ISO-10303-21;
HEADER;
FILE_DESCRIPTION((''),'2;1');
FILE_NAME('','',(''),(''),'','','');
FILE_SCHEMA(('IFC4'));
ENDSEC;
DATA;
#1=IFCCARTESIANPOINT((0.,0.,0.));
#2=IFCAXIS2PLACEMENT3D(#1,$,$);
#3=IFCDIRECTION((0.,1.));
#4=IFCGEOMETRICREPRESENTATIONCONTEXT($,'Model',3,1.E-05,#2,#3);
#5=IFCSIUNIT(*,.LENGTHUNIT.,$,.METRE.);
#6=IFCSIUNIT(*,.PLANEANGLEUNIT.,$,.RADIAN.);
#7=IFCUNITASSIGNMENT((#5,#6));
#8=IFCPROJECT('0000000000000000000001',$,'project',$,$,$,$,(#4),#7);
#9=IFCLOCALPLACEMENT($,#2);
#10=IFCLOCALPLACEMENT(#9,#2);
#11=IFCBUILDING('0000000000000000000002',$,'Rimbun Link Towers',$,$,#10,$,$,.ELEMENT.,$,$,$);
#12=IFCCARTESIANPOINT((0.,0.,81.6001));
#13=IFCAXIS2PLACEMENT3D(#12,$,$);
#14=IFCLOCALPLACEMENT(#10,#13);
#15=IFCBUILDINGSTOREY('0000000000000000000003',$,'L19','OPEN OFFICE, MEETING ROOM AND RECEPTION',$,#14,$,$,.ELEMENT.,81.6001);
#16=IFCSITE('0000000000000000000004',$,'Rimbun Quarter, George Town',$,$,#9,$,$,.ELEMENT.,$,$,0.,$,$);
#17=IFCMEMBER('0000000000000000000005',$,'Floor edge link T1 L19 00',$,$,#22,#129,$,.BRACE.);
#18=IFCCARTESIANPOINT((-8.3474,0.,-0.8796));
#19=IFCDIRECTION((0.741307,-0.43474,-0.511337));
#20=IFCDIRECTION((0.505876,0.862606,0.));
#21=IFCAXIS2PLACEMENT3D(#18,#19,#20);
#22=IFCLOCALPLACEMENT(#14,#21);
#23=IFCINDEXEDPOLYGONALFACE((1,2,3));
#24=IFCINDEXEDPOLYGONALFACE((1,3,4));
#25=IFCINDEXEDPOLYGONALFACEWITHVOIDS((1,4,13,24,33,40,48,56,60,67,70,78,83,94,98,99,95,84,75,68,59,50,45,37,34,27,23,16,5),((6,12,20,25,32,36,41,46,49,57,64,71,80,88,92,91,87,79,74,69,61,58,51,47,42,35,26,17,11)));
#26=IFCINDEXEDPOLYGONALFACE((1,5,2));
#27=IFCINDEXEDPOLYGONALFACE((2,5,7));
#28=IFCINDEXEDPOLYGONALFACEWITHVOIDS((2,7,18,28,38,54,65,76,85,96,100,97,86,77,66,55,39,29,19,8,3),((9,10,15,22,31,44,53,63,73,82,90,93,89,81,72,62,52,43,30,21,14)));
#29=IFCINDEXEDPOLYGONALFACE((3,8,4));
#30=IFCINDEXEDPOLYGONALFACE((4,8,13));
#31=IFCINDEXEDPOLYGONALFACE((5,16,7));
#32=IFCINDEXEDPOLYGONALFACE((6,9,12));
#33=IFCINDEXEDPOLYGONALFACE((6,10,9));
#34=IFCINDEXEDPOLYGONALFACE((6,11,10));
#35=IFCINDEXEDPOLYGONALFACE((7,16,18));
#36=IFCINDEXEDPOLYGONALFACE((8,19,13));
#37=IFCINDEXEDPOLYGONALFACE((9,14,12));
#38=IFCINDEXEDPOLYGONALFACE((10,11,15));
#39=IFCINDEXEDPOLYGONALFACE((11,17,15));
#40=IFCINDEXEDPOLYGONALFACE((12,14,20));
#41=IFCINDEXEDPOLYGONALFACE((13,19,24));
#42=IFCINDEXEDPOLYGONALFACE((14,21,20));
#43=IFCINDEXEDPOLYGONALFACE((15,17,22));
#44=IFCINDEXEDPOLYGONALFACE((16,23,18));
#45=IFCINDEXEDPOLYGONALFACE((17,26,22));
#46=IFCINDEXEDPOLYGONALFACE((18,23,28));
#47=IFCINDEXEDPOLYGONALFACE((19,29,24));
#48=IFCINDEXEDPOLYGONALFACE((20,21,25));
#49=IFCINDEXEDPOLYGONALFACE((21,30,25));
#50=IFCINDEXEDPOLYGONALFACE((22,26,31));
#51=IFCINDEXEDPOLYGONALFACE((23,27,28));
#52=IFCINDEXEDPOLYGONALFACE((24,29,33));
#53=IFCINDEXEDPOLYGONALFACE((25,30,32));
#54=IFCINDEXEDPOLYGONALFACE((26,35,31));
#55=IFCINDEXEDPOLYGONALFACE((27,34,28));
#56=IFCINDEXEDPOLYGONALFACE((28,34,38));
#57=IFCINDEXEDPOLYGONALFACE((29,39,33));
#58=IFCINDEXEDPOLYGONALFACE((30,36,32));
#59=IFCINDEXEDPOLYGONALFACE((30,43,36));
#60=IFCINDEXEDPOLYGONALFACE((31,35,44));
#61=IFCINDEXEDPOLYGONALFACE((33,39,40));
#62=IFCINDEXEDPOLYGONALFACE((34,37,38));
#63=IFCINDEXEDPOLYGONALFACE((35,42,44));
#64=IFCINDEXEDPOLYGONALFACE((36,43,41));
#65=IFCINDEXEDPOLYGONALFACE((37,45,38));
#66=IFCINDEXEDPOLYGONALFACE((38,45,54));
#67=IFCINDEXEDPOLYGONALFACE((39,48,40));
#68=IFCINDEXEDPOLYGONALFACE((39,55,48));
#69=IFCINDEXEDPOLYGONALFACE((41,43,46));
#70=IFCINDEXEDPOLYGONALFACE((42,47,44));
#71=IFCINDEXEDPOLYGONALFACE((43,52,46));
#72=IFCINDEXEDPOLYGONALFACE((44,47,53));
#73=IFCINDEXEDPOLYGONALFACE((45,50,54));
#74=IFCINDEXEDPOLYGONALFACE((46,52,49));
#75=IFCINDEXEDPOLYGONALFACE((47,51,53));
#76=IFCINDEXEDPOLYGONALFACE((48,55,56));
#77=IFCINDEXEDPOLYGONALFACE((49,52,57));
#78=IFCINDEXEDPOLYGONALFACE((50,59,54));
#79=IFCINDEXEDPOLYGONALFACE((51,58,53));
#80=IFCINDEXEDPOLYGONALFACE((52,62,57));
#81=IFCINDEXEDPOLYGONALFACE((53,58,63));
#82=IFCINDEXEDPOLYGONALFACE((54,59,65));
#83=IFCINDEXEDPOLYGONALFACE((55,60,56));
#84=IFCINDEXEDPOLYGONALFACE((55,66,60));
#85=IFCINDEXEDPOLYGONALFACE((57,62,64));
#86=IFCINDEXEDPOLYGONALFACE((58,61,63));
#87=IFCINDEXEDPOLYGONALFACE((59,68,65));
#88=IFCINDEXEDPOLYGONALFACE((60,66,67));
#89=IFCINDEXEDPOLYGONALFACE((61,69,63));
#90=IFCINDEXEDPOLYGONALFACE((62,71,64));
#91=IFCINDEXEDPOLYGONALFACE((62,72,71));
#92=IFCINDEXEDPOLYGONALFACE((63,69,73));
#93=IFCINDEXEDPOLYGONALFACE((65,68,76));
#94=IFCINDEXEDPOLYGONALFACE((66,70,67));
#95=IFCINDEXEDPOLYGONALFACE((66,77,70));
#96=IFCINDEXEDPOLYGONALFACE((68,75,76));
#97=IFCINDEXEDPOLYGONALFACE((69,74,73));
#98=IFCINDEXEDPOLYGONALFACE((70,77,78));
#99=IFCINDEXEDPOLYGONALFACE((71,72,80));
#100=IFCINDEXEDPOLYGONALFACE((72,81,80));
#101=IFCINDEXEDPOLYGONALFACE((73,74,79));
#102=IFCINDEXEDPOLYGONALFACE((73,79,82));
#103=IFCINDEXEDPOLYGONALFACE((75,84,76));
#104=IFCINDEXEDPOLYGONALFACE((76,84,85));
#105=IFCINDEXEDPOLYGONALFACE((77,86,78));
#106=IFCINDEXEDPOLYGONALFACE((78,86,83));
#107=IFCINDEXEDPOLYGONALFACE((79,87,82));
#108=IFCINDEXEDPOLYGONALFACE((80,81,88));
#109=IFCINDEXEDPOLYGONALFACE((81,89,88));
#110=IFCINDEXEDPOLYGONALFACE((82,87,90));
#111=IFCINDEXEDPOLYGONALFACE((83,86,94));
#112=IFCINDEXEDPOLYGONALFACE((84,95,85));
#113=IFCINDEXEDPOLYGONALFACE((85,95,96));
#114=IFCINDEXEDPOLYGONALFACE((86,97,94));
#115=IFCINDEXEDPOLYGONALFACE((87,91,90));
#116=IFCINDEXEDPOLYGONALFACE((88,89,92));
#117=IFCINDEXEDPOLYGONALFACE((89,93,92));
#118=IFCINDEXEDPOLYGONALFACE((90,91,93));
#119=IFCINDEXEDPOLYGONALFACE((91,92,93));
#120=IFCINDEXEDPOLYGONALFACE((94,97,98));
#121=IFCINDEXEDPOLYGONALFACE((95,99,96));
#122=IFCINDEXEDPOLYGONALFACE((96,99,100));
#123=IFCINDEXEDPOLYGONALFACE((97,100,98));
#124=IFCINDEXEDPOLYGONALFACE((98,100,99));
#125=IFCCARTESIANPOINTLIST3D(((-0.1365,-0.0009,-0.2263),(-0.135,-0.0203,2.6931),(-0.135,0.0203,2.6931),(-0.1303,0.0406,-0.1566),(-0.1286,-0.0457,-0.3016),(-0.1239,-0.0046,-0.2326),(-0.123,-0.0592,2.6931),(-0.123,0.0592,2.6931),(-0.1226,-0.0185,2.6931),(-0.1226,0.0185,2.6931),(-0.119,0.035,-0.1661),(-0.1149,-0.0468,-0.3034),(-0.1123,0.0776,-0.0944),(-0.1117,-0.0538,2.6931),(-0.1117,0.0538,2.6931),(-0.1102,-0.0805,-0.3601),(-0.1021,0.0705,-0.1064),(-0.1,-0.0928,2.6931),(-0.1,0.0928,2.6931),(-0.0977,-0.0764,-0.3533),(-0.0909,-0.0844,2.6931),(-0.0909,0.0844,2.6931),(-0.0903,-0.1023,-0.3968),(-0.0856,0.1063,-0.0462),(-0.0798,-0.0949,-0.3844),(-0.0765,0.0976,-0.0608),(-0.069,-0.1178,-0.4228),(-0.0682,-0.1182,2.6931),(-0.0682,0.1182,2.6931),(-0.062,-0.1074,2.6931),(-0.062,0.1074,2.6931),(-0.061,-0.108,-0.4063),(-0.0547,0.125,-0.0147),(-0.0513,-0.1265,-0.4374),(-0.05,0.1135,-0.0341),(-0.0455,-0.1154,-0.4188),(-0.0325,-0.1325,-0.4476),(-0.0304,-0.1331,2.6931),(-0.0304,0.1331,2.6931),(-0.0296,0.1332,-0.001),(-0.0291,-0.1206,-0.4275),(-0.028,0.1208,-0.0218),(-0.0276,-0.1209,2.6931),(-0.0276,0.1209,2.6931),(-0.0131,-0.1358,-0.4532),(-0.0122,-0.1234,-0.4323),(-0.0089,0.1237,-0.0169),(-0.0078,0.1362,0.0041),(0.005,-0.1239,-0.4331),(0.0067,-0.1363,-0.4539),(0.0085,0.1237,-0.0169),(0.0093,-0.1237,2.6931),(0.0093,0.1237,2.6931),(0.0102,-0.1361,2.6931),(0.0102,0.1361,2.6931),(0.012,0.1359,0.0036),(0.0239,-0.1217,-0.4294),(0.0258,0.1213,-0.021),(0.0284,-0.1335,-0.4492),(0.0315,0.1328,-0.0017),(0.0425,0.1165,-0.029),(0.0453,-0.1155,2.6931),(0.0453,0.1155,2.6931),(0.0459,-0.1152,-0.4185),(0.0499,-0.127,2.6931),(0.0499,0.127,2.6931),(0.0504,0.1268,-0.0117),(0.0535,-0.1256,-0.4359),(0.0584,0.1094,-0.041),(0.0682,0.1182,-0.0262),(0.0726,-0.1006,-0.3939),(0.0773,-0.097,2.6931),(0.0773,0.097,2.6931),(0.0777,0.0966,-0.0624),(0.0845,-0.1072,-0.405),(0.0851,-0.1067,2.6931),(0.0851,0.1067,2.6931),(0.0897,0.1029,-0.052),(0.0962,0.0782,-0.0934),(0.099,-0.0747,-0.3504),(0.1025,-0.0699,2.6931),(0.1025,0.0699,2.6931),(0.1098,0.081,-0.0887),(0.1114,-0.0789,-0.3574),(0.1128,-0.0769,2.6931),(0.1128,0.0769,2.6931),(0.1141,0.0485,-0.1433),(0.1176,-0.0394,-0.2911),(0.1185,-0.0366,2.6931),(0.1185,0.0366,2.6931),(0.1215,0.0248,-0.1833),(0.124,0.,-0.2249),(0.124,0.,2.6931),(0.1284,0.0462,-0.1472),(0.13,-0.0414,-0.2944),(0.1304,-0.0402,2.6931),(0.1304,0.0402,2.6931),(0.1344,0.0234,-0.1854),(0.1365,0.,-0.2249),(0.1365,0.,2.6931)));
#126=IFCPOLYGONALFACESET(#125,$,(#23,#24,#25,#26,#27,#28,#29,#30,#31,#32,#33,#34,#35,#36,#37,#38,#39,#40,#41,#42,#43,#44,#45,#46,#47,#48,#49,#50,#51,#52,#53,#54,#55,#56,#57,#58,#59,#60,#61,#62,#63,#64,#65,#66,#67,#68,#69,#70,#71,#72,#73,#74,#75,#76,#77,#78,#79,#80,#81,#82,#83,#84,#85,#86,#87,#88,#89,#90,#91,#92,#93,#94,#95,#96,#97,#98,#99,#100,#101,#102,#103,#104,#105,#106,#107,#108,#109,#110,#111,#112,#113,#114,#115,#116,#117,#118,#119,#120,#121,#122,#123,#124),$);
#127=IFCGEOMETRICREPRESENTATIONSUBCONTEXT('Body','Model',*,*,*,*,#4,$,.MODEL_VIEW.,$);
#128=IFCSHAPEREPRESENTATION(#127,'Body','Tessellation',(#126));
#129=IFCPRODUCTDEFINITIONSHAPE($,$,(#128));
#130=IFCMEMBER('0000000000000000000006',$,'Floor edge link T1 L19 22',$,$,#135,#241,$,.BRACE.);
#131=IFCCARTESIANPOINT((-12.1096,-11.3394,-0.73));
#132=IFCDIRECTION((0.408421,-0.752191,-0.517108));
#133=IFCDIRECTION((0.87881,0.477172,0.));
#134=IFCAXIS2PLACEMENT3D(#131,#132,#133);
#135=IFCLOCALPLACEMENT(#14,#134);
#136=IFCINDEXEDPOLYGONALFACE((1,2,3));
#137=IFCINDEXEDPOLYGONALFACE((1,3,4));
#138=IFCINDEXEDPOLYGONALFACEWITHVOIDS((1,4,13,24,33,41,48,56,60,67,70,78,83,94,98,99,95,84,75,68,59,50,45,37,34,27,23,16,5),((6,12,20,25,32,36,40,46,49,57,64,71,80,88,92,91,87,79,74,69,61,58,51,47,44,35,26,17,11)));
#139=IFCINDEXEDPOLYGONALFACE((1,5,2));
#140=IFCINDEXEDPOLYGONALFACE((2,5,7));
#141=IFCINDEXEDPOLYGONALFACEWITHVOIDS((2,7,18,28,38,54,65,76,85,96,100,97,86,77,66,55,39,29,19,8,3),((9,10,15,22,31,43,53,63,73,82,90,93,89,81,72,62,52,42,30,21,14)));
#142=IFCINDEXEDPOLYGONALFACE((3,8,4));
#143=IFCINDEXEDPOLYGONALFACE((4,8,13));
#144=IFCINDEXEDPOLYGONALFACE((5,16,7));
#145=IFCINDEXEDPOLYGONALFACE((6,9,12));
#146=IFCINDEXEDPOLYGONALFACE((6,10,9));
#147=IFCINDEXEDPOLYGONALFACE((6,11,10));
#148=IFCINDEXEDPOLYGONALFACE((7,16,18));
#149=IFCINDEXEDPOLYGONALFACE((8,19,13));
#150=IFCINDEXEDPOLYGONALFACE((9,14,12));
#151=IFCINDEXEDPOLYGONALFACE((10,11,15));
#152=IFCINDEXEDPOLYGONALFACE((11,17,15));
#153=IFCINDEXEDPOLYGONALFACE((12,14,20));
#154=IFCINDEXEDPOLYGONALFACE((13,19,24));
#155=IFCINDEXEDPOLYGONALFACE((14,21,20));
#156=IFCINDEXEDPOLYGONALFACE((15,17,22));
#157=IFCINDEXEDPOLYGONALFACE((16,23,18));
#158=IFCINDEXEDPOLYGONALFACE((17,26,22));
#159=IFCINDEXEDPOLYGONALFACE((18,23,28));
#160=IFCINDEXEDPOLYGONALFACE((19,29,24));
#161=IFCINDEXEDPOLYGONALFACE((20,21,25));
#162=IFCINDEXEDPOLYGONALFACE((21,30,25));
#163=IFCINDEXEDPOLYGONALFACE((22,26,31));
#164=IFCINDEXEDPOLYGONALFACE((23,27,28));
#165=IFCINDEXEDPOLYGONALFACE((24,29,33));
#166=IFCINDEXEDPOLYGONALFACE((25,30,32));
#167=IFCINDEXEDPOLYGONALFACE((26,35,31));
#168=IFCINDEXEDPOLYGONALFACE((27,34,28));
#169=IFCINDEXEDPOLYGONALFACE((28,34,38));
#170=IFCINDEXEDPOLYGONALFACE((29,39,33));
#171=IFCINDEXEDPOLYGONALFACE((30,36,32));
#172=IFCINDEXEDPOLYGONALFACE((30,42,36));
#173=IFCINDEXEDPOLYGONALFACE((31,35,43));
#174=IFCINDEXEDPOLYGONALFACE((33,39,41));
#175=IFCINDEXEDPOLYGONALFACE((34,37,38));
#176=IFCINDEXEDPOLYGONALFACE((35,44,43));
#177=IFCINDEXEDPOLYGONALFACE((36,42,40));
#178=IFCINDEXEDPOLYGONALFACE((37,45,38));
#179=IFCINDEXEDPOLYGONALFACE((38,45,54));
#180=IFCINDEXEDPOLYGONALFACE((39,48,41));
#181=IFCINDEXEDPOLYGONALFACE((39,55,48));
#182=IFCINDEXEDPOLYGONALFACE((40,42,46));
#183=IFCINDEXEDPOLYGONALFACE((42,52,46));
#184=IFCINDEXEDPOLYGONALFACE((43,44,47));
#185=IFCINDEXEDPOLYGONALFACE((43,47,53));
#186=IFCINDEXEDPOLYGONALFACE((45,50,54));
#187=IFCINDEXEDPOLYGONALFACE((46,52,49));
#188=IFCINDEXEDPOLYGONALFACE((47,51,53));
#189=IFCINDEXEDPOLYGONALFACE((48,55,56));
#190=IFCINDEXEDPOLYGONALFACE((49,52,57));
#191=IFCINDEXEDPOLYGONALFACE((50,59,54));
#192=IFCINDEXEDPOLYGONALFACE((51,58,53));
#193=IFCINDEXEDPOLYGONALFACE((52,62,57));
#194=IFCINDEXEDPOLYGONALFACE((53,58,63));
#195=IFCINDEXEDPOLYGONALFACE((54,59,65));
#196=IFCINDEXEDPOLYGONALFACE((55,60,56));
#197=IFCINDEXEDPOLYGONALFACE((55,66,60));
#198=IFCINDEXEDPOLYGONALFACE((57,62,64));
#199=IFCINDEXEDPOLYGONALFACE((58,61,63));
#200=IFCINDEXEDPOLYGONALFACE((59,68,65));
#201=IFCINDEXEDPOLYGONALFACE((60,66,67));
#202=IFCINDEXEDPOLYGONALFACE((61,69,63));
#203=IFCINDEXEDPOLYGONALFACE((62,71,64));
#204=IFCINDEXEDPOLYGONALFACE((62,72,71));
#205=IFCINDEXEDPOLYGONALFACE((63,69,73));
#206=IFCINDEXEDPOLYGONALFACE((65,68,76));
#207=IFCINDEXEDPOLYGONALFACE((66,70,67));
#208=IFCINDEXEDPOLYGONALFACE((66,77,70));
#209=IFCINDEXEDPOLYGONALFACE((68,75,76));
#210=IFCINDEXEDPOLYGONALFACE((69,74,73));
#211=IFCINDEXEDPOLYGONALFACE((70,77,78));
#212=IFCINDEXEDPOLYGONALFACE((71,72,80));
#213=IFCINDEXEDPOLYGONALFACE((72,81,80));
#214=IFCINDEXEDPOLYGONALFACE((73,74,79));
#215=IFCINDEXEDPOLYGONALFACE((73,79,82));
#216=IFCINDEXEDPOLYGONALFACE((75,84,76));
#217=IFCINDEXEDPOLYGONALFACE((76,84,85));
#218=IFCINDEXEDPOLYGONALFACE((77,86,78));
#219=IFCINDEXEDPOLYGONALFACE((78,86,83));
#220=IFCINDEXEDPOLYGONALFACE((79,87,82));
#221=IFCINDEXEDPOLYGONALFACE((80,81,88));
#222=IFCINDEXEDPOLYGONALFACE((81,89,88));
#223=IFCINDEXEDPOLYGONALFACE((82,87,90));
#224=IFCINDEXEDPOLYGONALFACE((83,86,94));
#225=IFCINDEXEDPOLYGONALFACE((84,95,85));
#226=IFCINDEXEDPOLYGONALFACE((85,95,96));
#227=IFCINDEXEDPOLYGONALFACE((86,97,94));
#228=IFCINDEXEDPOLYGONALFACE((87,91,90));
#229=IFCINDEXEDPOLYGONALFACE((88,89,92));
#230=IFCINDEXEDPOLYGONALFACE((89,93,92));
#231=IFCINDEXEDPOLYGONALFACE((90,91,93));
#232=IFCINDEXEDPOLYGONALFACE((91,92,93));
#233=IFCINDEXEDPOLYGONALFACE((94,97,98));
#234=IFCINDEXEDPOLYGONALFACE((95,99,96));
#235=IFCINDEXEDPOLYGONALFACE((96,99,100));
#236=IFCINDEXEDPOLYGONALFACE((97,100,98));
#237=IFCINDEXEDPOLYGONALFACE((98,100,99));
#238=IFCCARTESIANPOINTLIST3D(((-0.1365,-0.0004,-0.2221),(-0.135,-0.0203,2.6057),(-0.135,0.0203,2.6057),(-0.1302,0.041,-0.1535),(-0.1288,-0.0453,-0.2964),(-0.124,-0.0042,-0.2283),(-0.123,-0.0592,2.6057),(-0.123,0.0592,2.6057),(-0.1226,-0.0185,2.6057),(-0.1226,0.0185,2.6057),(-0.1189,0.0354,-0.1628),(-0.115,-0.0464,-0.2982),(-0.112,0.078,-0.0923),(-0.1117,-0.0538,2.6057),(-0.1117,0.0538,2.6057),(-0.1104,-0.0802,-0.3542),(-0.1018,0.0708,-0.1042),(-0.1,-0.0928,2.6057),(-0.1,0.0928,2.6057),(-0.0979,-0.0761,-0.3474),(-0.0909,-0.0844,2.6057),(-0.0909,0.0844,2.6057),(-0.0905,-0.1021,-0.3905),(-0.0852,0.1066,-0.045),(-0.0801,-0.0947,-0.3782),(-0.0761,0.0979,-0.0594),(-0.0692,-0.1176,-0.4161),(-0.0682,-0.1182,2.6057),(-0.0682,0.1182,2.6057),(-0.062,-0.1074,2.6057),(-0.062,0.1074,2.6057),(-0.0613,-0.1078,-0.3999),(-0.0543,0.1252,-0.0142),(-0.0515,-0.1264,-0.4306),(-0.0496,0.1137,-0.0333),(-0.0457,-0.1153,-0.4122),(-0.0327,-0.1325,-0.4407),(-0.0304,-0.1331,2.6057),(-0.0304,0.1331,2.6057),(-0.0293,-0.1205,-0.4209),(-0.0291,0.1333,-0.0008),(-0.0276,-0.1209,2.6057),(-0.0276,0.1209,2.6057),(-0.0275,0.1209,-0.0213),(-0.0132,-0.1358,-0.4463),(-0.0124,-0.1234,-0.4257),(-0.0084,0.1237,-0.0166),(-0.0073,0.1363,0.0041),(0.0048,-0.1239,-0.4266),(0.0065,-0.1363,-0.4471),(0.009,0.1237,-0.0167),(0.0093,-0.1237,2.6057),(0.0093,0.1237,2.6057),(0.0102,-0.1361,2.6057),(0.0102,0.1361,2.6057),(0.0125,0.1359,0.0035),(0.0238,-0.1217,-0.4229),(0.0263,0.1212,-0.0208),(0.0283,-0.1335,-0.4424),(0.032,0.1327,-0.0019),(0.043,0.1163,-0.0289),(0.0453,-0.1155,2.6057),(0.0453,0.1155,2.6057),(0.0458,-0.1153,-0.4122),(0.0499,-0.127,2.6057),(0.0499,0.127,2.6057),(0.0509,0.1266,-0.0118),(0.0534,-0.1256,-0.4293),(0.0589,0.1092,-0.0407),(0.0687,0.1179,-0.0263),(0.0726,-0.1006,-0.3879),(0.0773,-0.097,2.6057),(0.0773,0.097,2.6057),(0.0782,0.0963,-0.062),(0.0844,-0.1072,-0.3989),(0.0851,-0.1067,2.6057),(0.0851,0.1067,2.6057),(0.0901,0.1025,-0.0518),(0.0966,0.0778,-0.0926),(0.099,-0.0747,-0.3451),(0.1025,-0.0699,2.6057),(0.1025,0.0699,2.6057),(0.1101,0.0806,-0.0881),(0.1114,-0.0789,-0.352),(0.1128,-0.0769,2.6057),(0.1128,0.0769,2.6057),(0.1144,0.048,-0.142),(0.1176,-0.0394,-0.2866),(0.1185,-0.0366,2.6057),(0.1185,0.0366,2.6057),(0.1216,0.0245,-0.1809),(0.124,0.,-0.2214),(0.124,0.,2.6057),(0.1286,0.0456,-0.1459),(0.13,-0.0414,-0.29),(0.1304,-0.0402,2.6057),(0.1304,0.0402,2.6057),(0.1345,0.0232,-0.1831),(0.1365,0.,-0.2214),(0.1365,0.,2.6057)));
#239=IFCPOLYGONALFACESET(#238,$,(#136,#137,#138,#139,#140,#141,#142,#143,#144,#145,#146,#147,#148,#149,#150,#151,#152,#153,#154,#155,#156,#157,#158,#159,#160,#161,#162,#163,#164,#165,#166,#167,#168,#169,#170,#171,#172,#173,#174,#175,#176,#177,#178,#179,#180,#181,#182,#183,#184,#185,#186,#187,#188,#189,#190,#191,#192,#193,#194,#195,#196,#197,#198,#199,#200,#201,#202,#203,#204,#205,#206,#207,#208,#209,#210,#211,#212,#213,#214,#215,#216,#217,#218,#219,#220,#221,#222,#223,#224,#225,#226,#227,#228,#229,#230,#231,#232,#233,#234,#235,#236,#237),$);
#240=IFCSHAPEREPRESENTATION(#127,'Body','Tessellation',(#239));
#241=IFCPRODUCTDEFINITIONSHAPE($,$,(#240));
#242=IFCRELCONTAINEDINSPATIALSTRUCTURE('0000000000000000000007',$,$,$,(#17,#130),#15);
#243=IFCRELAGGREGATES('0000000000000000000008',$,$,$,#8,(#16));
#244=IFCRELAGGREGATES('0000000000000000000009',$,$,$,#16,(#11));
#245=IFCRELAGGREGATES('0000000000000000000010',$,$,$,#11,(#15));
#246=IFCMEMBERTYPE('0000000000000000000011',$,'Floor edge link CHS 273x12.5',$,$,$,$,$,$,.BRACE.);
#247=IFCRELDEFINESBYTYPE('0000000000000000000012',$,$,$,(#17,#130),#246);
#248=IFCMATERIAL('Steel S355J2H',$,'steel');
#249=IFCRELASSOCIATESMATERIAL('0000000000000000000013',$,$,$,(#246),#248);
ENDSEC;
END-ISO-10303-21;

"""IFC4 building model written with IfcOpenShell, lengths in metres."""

from ifc_helpers import new_model, si_unit, direction, frame, origin, origin_2d, place, context, subcontext, project, spatial, hollow_circle, extrude, clip, halfspace, material, material_profile, profile_set, type_object, element, save


model = new_model("IFC4")

# Units and contexts
model_context = context("Model", 3, precision=1e-05, world=origin(), true_north=direction((0.0, 1.0)))
body_context = subcontext(model_context, "Body", "Model", "MODEL_VIEW")
ifc_project = project(units=[si_unit("LENGTHUNIT", "METRE"), si_unit("PLANEANGLEUNIT", "RADIAN")], contexts=[model_context])

# Site, building, storey
site_placement = place(None, origin())
site = spatial("IfcSite", under=ifc_project, at=site_placement, Name="Rimbun Quarter, George Town", CompositionType="ELEMENT", RefElevation=0.0)
building_placement = place(site_placement, origin())
building = spatial("IfcBuilding", under=site, at=building_placement, Name="Rimbun Link Towers", CompositionType="ELEMENT")
storey_placement = place(building_placement, frame((0.0, 0.0, 81.6001)))
storey = spatial("IfcBuildingStorey", under=building, at=storey_placement, Name="L19", Description="OPEN OFFICE, MEETING ROOM AND RECEPTION", CompositionType="ELEMENT", Elevation=81.6001)

# Members
ifc_material_1 = material(Name="Steel S355J2H", Category="steel")
ifc_material_profile_1 = material_profile(ifc_material_1, hollow_circle(Radius=0.1365, WallThickness=0.0125, at=origin_2d()), Name="CHS 273x12.5")
ifc_profile_set_1 = profile_set([ifc_material_profile_1], Name="Steel S355J2H")
member_type_1 = type_object("IfcMemberType", Name="Floor edge link CHS 273x12.5", PredefinedType="BRACE", material=ifc_profile_set_1)
member_1_placement = place(storey_placement, frame((-8.3474, 0.0, -0.8796), z_axis=(0.741307, -0.43474, -0.511337), x_axis=(0.505876, 0.862606, 0.0)))
element("IfcMember", 1, at=member_1_placement, inside=storey, type_object=member_type_1, Name="Floor edge link T1 L19 00", PredefinedType="BRACE", context=body_context, shape_type="Clipping", body=[
    clip(extrude(hollow_circle(Radius=0.1365, WallThickness=0.0125, at=origin_2d()), frame((0.0, 0.0, -0.4785)), (0.0, 0.0, 1.0), 3.1716), halfspace(frame((0.0, 0.0, -0.2249), z_axis=(0.0, 0.85938, -0.511337)), False)),
])
member_2_placement = place(storey_placement, frame((-12.1096, -11.3394, -0.73), z_axis=(0.408421, -0.752191, -0.517108), x_axis=(0.87881, 0.477172, 0.0)))
element("IfcMember", 2, at=member_2_placement, inside=storey, type_object=member_type_1, Name="Floor edge link T1 L19 22", PredefinedType="BRACE", context=body_context, shape_type="Clipping", body=[
    clip(extrude(hollow_circle(Radius=0.1365, WallThickness=0.0125, at=origin_2d()), frame((0.0, 0.0, -0.4712)), (0.0, 0.0, 1.0), 3.0769), halfspace(frame((0.0, 0.0, -0.2214), z_axis=(0.0, 0.85592, -0.517108)), False)),
])

save(model, "model.ifc")
